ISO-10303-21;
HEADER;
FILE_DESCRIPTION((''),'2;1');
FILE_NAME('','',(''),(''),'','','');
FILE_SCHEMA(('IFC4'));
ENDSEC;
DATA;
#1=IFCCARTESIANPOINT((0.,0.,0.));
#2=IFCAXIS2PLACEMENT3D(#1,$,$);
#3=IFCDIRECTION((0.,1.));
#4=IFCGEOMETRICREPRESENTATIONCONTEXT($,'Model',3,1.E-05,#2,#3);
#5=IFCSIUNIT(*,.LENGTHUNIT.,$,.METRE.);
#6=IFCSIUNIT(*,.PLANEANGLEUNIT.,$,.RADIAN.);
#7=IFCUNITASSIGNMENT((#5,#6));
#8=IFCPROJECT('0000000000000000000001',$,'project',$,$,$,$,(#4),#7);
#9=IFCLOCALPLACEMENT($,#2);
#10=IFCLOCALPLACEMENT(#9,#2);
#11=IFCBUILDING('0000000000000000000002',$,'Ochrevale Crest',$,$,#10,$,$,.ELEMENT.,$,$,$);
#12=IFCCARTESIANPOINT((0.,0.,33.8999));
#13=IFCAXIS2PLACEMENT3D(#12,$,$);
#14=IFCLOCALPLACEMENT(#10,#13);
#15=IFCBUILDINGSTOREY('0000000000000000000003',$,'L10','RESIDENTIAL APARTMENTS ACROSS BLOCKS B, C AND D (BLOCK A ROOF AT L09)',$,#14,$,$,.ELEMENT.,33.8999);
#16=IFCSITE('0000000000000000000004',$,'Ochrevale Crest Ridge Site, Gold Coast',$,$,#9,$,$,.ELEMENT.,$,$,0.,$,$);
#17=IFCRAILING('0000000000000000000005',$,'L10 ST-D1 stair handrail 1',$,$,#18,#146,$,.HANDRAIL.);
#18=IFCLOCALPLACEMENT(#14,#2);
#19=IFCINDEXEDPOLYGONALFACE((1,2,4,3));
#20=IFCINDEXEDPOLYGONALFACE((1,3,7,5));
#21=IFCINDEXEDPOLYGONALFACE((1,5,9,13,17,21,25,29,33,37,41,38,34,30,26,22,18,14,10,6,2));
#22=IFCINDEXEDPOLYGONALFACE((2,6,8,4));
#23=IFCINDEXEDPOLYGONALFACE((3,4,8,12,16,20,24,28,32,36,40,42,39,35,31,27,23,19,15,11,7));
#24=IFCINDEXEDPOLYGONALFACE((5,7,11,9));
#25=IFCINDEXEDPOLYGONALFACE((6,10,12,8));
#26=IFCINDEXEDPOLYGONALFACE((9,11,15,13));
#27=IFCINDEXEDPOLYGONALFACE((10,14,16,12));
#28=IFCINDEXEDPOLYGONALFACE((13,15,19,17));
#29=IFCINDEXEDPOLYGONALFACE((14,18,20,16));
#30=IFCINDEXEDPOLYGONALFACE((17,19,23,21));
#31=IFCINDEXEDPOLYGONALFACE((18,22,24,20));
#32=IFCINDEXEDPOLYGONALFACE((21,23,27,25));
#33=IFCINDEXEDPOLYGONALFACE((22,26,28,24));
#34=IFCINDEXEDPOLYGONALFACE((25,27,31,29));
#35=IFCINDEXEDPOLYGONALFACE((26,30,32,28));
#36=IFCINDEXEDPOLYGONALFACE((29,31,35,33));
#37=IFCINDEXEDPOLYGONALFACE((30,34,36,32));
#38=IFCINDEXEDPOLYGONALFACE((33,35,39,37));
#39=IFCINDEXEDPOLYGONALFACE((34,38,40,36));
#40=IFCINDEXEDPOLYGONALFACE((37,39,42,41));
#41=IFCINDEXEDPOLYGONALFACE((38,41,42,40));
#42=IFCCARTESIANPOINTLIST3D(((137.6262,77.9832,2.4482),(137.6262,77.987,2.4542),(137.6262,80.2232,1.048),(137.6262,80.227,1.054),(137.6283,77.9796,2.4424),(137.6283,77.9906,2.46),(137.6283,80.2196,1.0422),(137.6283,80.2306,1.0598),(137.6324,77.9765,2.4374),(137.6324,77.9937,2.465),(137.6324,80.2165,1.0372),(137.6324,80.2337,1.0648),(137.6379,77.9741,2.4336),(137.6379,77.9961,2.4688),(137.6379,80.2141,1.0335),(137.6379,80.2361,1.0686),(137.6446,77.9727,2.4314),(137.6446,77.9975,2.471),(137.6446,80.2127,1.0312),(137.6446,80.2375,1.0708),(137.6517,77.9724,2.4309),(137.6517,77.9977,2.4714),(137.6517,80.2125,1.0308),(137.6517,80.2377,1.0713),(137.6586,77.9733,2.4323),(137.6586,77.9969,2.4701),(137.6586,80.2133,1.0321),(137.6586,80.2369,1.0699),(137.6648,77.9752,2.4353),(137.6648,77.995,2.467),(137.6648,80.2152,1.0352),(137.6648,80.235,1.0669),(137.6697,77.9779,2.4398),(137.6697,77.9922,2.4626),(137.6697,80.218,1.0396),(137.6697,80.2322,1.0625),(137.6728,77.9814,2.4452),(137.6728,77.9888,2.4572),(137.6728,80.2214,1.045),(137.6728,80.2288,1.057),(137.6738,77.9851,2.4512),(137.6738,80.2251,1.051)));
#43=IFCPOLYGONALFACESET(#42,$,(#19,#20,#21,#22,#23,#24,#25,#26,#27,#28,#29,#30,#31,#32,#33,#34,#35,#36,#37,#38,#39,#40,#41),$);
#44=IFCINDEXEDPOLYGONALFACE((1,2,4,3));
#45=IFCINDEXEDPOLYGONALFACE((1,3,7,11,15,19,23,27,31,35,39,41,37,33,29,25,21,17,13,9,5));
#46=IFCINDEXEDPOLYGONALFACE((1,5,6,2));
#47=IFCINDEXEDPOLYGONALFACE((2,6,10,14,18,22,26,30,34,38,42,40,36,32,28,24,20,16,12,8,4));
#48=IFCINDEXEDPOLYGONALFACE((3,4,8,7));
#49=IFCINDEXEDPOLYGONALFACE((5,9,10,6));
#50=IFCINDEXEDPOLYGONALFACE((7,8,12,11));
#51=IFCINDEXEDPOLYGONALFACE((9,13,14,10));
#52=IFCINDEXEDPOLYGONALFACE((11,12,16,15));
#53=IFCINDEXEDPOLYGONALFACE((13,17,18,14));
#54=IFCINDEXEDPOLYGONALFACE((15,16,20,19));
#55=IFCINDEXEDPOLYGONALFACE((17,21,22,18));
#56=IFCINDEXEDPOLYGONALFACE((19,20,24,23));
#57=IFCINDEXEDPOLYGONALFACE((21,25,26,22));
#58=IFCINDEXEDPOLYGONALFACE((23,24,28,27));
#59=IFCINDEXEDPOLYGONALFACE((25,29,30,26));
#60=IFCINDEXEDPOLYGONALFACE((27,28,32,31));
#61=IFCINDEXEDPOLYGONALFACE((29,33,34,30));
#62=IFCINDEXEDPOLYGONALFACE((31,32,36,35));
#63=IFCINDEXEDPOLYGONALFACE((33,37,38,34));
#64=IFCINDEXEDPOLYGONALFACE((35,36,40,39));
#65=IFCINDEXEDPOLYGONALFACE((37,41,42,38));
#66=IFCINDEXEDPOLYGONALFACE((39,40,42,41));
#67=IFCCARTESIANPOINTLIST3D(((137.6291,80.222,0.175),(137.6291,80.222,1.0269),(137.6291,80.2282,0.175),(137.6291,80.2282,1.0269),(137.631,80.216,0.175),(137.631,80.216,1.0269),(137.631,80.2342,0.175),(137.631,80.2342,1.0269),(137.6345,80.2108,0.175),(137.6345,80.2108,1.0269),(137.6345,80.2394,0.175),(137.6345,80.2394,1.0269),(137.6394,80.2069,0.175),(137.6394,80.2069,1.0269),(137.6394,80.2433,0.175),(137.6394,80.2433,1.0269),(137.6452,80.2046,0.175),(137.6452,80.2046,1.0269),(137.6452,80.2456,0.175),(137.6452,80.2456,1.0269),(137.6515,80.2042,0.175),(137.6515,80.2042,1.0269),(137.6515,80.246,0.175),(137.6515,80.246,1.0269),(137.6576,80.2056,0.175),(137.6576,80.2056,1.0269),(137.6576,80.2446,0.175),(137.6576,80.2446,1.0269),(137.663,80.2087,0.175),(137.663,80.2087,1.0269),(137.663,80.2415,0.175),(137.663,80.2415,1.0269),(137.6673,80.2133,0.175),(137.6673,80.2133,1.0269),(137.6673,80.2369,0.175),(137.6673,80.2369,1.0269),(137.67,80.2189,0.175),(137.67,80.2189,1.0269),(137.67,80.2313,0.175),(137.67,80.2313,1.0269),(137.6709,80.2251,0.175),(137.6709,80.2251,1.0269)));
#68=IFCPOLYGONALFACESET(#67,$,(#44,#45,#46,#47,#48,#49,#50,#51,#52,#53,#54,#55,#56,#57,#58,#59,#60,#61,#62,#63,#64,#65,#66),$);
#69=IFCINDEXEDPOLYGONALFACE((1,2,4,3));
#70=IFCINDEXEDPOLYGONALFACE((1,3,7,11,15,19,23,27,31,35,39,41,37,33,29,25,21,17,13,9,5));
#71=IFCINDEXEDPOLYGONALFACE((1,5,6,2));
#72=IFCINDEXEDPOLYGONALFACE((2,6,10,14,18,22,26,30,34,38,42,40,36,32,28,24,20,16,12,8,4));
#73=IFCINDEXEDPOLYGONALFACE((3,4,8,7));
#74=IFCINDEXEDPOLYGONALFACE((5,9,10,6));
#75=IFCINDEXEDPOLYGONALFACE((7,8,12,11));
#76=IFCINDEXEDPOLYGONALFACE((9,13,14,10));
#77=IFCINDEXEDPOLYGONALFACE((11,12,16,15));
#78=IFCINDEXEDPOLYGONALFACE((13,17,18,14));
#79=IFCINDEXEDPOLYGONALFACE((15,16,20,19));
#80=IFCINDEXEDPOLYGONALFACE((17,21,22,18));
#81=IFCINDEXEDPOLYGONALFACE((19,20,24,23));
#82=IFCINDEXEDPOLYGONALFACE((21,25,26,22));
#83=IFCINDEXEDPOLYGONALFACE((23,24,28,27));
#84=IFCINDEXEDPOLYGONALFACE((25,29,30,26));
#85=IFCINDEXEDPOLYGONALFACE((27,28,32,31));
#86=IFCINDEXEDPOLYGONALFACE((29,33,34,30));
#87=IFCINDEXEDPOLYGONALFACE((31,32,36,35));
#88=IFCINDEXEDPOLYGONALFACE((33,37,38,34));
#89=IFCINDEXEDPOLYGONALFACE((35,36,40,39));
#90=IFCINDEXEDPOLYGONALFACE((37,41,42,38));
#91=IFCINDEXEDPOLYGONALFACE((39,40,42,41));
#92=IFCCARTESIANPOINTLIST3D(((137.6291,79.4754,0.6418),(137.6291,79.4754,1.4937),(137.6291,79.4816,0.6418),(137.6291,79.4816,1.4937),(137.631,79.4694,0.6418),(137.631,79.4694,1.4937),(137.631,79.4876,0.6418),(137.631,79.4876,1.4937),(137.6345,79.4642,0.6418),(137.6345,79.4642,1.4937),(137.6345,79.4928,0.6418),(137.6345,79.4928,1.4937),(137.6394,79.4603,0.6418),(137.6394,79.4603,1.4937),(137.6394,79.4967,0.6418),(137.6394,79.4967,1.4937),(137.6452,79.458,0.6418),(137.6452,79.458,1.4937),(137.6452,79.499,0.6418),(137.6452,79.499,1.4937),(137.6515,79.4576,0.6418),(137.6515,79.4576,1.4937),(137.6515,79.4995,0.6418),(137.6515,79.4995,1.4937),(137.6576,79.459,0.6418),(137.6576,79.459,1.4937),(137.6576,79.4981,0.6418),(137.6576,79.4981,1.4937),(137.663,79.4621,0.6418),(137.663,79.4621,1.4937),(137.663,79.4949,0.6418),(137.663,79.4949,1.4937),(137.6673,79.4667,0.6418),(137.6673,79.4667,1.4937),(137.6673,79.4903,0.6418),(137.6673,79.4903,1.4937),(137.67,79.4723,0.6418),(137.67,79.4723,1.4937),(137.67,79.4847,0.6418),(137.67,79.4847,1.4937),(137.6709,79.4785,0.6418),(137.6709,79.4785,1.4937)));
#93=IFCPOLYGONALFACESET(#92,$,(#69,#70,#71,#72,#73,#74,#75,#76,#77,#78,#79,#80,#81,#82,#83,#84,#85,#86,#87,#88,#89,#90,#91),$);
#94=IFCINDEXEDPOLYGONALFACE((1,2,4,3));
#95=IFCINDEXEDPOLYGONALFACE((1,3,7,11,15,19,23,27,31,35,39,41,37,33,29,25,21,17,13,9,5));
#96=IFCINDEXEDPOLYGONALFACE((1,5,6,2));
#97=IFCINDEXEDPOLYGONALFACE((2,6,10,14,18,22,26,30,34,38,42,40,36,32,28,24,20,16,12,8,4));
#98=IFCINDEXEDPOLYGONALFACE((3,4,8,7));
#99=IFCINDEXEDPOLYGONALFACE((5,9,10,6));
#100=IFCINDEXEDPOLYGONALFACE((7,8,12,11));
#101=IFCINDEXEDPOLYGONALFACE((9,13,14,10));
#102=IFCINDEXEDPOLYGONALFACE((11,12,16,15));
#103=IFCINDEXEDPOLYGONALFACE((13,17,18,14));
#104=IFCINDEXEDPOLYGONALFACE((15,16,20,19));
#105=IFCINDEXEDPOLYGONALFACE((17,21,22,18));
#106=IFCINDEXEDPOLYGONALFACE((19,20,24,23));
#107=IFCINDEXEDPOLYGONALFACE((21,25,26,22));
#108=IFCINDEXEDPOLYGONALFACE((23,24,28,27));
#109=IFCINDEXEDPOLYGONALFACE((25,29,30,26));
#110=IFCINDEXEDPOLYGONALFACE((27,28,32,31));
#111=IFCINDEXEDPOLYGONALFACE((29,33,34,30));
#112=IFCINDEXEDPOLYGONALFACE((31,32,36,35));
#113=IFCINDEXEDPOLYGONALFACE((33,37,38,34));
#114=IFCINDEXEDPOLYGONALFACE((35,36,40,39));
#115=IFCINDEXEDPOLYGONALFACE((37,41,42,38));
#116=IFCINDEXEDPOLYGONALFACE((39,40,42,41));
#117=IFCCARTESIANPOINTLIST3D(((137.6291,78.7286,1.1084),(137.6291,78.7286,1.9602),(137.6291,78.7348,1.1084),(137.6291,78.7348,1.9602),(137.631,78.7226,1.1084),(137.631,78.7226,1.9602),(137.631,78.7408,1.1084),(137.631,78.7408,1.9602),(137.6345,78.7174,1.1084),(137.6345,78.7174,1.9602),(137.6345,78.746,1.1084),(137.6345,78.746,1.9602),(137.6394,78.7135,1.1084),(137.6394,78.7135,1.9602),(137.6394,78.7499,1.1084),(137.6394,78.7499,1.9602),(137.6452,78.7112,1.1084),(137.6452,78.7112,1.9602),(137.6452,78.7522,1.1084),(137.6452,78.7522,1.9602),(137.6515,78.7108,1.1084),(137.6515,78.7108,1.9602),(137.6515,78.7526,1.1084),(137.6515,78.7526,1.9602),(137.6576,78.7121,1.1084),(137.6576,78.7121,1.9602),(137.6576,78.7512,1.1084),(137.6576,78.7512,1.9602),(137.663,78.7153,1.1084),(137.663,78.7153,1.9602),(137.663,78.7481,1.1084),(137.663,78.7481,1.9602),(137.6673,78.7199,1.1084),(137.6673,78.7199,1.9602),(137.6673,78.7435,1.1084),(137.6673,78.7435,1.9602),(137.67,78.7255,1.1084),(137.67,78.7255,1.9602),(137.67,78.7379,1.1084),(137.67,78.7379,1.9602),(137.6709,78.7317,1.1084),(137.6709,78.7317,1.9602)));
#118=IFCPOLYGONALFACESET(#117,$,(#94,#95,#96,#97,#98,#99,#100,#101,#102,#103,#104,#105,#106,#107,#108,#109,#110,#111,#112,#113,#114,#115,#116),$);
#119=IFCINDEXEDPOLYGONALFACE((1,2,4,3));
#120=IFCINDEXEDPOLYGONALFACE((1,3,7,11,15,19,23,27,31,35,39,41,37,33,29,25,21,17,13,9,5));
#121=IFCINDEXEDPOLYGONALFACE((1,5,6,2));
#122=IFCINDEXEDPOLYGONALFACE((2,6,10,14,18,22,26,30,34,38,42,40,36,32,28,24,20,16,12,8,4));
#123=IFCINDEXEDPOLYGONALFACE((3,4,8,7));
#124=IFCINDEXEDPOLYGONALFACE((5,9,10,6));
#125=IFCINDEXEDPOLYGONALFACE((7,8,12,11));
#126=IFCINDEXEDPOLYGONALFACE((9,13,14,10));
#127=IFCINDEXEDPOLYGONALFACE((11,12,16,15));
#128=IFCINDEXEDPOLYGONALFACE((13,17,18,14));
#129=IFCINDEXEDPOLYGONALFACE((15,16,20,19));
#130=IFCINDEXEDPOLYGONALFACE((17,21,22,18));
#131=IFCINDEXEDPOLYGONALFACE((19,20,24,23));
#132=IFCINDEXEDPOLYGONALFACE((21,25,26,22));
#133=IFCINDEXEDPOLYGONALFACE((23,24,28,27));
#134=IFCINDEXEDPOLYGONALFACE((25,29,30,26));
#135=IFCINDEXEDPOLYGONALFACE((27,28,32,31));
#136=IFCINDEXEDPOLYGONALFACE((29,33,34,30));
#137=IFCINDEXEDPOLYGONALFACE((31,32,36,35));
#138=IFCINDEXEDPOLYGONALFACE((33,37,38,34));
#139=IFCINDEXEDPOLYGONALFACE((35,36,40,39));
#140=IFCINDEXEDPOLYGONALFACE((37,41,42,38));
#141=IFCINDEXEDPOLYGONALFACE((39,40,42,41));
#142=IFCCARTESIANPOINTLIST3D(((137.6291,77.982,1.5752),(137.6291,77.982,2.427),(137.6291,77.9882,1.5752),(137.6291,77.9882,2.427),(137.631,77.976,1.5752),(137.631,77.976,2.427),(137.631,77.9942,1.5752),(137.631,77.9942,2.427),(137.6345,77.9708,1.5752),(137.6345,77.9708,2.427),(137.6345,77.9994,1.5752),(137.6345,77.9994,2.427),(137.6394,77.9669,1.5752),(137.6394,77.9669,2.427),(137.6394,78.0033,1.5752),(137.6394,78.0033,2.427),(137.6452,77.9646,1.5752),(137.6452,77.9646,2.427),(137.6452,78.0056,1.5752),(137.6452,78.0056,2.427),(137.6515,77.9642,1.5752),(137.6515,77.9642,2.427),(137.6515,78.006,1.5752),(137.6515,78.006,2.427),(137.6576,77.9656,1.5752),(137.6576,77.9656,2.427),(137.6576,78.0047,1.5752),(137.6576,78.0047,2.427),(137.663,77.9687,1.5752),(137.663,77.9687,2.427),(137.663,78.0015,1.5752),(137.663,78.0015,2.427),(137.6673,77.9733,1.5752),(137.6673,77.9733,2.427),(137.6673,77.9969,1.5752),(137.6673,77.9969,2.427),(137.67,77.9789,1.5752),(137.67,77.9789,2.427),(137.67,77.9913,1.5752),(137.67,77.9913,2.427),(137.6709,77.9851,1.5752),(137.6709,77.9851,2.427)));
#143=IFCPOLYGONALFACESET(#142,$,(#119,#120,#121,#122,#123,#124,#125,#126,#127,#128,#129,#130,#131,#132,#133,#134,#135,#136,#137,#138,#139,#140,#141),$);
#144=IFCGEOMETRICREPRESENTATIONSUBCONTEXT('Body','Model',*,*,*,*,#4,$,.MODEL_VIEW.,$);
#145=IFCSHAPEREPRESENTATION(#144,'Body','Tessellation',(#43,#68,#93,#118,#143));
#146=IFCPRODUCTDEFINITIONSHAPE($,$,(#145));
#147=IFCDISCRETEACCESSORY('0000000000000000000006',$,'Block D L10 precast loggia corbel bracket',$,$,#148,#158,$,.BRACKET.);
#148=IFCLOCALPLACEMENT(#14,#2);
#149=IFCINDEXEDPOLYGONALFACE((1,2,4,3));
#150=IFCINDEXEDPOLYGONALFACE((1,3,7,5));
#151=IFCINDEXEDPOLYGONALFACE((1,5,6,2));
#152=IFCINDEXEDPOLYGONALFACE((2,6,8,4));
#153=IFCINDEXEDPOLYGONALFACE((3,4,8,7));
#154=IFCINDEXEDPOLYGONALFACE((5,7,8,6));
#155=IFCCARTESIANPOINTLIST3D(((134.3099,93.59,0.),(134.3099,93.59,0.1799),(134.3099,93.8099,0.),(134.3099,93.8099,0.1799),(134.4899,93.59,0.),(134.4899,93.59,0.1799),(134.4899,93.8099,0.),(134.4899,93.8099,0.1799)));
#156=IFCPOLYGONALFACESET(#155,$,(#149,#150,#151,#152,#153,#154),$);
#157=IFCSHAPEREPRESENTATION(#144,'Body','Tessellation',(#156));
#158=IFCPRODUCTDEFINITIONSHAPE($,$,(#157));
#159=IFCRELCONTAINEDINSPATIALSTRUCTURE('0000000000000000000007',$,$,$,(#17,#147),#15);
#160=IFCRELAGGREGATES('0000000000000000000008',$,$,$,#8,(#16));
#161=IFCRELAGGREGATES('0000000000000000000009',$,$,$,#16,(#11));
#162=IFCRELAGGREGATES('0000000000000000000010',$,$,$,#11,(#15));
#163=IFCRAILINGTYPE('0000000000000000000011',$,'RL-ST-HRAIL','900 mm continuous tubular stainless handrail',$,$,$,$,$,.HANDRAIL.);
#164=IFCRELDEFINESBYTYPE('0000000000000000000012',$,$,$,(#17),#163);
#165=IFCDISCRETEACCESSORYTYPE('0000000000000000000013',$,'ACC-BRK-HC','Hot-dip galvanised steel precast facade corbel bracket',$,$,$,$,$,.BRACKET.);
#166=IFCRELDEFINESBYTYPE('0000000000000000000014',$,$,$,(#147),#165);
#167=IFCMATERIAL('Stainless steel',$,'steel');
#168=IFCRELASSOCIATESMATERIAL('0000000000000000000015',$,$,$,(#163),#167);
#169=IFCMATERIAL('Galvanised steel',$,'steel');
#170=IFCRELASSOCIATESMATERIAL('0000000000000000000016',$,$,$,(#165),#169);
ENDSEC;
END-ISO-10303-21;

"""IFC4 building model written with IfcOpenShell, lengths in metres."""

from ifc_helpers import new_model, si_unit, direction, frame, origin, origin_2d, place, context, subcontext, project, spatial, rectangle, circle, extrude, material, type_object, element, save


model = new_model("IFC4")

# Units and contexts
model_context = context("Model", 3, precision=1e-05, world=origin(), true_north=direction((0.0, 1.0)))
body_context = subcontext(model_context, "Body", "Model", "MODEL_VIEW")
ifc_project = project(units=[si_unit("LENGTHUNIT", "METRE"), si_unit("PLANEANGLEUNIT", "RADIAN")], contexts=[model_context])

# Site, building, storey
site_placement = place(None, origin())
site = spatial("IfcSite", under=ifc_project, at=site_placement, Name="Ochrevale Crest Ridge Site, Gold Coast", CompositionType="ELEMENT", RefElevation=0.0)
building_placement = place(site_placement, origin())
building = spatial("IfcBuilding", under=site, at=building_placement, Name="Ochrevale Crest", CompositionType="ELEMENT")
storey_placement = place(building_placement, frame((0.0, 0.0, 33.8999)))
storey = spatial("IfcBuildingStorey", under=building, at=storey_placement, Name="L10", Description="RESIDENTIAL APARTMENTS ACROSS BLOCKS B, C AND D (BLOCK A ROOF AT L09)", CompositionType="ELEMENT", Elevation=33.8999)

# Railing
ifc_material_1 = material(Name="Galvanised steel", Category="steel")
ifc_material_2 = material(Name="Stainless steel", Category="steel")
railing_type_1 = type_object("IfcRailingType", Name="RL-ST-HRAIL", Description="900 mm continuous tubular stainless handrail", PredefinedType="HANDRAIL", material=ifc_material_2)
railing_1_placement = place(storey_placement, frame((137.6499, 80.2251, 0.175)))
element("IfcRailing", 1, at=railing_1_placement, inside=storey, type_object=railing_type_1, Name="L10 ST-D1 stair handrail 1", PredefinedType="HANDRAIL", context=body_context, shape_type="SweptSolid", body=[
    extrude(circle(Radius=0.0239, at=origin_2d()), frame((0.0, 0.0, 0.876), z_axis=(0.0, -0.847972, 0.53004), x_axis=(1.0, 0.0, 0.0)), (0.0, 0.0, 1.0), 2.6416),
    extrude(circle(Radius=0.021, at=origin_2d()), origin(), (0.0, 0.0, 1.0), 0.8518),
    extrude(circle(Radius=0.021, at=origin_2d()), frame((0.0, -0.7466, 0.4668)), (0.0, 0.0, 1.0), 0.8518),
    extrude(circle(Radius=0.021, at=origin_2d()), frame((0.0, -1.4934, 0.9333)), (0.0, 0.0, 1.0), 0.8518),
    extrude(circle(Radius=0.021, at=origin_2d()), frame((0.0, -2.24, 1.4001)), (0.0, 0.0, 1.0), 0.8518),
])

# Discrete accessory
discrete_accessory_type = type_object("IfcDiscreteAccessoryType", Name="ACC-BRK-HC", Description="Hot-dip galvanised steel precast facade corbel bracket", PredefinedType="BRACKET", material=ifc_material_1)
discrete_accessory_placement = place(storey_placement, frame((134.3999, 93.7, 0.0), z_axis=(0.0, 0.0, 1.0), x_axis=(1.0, 0.0, 0.0)))
element("IfcDiscreteAccessory", 2, at=discrete_accessory_placement, inside=storey, type_object=discrete_accessory_type, Name="Block D L10 precast loggia corbel bracket", PredefinedType="BRACKET", context=body_context, shape_type="SweptSolid", body=[
    extrude(rectangle(XDim=0.1799, YDim=0.22, at=origin_2d()), origin(), (0.0, 0.0, 1.0), 0.1799),
])

save(model, "model.ifc")
